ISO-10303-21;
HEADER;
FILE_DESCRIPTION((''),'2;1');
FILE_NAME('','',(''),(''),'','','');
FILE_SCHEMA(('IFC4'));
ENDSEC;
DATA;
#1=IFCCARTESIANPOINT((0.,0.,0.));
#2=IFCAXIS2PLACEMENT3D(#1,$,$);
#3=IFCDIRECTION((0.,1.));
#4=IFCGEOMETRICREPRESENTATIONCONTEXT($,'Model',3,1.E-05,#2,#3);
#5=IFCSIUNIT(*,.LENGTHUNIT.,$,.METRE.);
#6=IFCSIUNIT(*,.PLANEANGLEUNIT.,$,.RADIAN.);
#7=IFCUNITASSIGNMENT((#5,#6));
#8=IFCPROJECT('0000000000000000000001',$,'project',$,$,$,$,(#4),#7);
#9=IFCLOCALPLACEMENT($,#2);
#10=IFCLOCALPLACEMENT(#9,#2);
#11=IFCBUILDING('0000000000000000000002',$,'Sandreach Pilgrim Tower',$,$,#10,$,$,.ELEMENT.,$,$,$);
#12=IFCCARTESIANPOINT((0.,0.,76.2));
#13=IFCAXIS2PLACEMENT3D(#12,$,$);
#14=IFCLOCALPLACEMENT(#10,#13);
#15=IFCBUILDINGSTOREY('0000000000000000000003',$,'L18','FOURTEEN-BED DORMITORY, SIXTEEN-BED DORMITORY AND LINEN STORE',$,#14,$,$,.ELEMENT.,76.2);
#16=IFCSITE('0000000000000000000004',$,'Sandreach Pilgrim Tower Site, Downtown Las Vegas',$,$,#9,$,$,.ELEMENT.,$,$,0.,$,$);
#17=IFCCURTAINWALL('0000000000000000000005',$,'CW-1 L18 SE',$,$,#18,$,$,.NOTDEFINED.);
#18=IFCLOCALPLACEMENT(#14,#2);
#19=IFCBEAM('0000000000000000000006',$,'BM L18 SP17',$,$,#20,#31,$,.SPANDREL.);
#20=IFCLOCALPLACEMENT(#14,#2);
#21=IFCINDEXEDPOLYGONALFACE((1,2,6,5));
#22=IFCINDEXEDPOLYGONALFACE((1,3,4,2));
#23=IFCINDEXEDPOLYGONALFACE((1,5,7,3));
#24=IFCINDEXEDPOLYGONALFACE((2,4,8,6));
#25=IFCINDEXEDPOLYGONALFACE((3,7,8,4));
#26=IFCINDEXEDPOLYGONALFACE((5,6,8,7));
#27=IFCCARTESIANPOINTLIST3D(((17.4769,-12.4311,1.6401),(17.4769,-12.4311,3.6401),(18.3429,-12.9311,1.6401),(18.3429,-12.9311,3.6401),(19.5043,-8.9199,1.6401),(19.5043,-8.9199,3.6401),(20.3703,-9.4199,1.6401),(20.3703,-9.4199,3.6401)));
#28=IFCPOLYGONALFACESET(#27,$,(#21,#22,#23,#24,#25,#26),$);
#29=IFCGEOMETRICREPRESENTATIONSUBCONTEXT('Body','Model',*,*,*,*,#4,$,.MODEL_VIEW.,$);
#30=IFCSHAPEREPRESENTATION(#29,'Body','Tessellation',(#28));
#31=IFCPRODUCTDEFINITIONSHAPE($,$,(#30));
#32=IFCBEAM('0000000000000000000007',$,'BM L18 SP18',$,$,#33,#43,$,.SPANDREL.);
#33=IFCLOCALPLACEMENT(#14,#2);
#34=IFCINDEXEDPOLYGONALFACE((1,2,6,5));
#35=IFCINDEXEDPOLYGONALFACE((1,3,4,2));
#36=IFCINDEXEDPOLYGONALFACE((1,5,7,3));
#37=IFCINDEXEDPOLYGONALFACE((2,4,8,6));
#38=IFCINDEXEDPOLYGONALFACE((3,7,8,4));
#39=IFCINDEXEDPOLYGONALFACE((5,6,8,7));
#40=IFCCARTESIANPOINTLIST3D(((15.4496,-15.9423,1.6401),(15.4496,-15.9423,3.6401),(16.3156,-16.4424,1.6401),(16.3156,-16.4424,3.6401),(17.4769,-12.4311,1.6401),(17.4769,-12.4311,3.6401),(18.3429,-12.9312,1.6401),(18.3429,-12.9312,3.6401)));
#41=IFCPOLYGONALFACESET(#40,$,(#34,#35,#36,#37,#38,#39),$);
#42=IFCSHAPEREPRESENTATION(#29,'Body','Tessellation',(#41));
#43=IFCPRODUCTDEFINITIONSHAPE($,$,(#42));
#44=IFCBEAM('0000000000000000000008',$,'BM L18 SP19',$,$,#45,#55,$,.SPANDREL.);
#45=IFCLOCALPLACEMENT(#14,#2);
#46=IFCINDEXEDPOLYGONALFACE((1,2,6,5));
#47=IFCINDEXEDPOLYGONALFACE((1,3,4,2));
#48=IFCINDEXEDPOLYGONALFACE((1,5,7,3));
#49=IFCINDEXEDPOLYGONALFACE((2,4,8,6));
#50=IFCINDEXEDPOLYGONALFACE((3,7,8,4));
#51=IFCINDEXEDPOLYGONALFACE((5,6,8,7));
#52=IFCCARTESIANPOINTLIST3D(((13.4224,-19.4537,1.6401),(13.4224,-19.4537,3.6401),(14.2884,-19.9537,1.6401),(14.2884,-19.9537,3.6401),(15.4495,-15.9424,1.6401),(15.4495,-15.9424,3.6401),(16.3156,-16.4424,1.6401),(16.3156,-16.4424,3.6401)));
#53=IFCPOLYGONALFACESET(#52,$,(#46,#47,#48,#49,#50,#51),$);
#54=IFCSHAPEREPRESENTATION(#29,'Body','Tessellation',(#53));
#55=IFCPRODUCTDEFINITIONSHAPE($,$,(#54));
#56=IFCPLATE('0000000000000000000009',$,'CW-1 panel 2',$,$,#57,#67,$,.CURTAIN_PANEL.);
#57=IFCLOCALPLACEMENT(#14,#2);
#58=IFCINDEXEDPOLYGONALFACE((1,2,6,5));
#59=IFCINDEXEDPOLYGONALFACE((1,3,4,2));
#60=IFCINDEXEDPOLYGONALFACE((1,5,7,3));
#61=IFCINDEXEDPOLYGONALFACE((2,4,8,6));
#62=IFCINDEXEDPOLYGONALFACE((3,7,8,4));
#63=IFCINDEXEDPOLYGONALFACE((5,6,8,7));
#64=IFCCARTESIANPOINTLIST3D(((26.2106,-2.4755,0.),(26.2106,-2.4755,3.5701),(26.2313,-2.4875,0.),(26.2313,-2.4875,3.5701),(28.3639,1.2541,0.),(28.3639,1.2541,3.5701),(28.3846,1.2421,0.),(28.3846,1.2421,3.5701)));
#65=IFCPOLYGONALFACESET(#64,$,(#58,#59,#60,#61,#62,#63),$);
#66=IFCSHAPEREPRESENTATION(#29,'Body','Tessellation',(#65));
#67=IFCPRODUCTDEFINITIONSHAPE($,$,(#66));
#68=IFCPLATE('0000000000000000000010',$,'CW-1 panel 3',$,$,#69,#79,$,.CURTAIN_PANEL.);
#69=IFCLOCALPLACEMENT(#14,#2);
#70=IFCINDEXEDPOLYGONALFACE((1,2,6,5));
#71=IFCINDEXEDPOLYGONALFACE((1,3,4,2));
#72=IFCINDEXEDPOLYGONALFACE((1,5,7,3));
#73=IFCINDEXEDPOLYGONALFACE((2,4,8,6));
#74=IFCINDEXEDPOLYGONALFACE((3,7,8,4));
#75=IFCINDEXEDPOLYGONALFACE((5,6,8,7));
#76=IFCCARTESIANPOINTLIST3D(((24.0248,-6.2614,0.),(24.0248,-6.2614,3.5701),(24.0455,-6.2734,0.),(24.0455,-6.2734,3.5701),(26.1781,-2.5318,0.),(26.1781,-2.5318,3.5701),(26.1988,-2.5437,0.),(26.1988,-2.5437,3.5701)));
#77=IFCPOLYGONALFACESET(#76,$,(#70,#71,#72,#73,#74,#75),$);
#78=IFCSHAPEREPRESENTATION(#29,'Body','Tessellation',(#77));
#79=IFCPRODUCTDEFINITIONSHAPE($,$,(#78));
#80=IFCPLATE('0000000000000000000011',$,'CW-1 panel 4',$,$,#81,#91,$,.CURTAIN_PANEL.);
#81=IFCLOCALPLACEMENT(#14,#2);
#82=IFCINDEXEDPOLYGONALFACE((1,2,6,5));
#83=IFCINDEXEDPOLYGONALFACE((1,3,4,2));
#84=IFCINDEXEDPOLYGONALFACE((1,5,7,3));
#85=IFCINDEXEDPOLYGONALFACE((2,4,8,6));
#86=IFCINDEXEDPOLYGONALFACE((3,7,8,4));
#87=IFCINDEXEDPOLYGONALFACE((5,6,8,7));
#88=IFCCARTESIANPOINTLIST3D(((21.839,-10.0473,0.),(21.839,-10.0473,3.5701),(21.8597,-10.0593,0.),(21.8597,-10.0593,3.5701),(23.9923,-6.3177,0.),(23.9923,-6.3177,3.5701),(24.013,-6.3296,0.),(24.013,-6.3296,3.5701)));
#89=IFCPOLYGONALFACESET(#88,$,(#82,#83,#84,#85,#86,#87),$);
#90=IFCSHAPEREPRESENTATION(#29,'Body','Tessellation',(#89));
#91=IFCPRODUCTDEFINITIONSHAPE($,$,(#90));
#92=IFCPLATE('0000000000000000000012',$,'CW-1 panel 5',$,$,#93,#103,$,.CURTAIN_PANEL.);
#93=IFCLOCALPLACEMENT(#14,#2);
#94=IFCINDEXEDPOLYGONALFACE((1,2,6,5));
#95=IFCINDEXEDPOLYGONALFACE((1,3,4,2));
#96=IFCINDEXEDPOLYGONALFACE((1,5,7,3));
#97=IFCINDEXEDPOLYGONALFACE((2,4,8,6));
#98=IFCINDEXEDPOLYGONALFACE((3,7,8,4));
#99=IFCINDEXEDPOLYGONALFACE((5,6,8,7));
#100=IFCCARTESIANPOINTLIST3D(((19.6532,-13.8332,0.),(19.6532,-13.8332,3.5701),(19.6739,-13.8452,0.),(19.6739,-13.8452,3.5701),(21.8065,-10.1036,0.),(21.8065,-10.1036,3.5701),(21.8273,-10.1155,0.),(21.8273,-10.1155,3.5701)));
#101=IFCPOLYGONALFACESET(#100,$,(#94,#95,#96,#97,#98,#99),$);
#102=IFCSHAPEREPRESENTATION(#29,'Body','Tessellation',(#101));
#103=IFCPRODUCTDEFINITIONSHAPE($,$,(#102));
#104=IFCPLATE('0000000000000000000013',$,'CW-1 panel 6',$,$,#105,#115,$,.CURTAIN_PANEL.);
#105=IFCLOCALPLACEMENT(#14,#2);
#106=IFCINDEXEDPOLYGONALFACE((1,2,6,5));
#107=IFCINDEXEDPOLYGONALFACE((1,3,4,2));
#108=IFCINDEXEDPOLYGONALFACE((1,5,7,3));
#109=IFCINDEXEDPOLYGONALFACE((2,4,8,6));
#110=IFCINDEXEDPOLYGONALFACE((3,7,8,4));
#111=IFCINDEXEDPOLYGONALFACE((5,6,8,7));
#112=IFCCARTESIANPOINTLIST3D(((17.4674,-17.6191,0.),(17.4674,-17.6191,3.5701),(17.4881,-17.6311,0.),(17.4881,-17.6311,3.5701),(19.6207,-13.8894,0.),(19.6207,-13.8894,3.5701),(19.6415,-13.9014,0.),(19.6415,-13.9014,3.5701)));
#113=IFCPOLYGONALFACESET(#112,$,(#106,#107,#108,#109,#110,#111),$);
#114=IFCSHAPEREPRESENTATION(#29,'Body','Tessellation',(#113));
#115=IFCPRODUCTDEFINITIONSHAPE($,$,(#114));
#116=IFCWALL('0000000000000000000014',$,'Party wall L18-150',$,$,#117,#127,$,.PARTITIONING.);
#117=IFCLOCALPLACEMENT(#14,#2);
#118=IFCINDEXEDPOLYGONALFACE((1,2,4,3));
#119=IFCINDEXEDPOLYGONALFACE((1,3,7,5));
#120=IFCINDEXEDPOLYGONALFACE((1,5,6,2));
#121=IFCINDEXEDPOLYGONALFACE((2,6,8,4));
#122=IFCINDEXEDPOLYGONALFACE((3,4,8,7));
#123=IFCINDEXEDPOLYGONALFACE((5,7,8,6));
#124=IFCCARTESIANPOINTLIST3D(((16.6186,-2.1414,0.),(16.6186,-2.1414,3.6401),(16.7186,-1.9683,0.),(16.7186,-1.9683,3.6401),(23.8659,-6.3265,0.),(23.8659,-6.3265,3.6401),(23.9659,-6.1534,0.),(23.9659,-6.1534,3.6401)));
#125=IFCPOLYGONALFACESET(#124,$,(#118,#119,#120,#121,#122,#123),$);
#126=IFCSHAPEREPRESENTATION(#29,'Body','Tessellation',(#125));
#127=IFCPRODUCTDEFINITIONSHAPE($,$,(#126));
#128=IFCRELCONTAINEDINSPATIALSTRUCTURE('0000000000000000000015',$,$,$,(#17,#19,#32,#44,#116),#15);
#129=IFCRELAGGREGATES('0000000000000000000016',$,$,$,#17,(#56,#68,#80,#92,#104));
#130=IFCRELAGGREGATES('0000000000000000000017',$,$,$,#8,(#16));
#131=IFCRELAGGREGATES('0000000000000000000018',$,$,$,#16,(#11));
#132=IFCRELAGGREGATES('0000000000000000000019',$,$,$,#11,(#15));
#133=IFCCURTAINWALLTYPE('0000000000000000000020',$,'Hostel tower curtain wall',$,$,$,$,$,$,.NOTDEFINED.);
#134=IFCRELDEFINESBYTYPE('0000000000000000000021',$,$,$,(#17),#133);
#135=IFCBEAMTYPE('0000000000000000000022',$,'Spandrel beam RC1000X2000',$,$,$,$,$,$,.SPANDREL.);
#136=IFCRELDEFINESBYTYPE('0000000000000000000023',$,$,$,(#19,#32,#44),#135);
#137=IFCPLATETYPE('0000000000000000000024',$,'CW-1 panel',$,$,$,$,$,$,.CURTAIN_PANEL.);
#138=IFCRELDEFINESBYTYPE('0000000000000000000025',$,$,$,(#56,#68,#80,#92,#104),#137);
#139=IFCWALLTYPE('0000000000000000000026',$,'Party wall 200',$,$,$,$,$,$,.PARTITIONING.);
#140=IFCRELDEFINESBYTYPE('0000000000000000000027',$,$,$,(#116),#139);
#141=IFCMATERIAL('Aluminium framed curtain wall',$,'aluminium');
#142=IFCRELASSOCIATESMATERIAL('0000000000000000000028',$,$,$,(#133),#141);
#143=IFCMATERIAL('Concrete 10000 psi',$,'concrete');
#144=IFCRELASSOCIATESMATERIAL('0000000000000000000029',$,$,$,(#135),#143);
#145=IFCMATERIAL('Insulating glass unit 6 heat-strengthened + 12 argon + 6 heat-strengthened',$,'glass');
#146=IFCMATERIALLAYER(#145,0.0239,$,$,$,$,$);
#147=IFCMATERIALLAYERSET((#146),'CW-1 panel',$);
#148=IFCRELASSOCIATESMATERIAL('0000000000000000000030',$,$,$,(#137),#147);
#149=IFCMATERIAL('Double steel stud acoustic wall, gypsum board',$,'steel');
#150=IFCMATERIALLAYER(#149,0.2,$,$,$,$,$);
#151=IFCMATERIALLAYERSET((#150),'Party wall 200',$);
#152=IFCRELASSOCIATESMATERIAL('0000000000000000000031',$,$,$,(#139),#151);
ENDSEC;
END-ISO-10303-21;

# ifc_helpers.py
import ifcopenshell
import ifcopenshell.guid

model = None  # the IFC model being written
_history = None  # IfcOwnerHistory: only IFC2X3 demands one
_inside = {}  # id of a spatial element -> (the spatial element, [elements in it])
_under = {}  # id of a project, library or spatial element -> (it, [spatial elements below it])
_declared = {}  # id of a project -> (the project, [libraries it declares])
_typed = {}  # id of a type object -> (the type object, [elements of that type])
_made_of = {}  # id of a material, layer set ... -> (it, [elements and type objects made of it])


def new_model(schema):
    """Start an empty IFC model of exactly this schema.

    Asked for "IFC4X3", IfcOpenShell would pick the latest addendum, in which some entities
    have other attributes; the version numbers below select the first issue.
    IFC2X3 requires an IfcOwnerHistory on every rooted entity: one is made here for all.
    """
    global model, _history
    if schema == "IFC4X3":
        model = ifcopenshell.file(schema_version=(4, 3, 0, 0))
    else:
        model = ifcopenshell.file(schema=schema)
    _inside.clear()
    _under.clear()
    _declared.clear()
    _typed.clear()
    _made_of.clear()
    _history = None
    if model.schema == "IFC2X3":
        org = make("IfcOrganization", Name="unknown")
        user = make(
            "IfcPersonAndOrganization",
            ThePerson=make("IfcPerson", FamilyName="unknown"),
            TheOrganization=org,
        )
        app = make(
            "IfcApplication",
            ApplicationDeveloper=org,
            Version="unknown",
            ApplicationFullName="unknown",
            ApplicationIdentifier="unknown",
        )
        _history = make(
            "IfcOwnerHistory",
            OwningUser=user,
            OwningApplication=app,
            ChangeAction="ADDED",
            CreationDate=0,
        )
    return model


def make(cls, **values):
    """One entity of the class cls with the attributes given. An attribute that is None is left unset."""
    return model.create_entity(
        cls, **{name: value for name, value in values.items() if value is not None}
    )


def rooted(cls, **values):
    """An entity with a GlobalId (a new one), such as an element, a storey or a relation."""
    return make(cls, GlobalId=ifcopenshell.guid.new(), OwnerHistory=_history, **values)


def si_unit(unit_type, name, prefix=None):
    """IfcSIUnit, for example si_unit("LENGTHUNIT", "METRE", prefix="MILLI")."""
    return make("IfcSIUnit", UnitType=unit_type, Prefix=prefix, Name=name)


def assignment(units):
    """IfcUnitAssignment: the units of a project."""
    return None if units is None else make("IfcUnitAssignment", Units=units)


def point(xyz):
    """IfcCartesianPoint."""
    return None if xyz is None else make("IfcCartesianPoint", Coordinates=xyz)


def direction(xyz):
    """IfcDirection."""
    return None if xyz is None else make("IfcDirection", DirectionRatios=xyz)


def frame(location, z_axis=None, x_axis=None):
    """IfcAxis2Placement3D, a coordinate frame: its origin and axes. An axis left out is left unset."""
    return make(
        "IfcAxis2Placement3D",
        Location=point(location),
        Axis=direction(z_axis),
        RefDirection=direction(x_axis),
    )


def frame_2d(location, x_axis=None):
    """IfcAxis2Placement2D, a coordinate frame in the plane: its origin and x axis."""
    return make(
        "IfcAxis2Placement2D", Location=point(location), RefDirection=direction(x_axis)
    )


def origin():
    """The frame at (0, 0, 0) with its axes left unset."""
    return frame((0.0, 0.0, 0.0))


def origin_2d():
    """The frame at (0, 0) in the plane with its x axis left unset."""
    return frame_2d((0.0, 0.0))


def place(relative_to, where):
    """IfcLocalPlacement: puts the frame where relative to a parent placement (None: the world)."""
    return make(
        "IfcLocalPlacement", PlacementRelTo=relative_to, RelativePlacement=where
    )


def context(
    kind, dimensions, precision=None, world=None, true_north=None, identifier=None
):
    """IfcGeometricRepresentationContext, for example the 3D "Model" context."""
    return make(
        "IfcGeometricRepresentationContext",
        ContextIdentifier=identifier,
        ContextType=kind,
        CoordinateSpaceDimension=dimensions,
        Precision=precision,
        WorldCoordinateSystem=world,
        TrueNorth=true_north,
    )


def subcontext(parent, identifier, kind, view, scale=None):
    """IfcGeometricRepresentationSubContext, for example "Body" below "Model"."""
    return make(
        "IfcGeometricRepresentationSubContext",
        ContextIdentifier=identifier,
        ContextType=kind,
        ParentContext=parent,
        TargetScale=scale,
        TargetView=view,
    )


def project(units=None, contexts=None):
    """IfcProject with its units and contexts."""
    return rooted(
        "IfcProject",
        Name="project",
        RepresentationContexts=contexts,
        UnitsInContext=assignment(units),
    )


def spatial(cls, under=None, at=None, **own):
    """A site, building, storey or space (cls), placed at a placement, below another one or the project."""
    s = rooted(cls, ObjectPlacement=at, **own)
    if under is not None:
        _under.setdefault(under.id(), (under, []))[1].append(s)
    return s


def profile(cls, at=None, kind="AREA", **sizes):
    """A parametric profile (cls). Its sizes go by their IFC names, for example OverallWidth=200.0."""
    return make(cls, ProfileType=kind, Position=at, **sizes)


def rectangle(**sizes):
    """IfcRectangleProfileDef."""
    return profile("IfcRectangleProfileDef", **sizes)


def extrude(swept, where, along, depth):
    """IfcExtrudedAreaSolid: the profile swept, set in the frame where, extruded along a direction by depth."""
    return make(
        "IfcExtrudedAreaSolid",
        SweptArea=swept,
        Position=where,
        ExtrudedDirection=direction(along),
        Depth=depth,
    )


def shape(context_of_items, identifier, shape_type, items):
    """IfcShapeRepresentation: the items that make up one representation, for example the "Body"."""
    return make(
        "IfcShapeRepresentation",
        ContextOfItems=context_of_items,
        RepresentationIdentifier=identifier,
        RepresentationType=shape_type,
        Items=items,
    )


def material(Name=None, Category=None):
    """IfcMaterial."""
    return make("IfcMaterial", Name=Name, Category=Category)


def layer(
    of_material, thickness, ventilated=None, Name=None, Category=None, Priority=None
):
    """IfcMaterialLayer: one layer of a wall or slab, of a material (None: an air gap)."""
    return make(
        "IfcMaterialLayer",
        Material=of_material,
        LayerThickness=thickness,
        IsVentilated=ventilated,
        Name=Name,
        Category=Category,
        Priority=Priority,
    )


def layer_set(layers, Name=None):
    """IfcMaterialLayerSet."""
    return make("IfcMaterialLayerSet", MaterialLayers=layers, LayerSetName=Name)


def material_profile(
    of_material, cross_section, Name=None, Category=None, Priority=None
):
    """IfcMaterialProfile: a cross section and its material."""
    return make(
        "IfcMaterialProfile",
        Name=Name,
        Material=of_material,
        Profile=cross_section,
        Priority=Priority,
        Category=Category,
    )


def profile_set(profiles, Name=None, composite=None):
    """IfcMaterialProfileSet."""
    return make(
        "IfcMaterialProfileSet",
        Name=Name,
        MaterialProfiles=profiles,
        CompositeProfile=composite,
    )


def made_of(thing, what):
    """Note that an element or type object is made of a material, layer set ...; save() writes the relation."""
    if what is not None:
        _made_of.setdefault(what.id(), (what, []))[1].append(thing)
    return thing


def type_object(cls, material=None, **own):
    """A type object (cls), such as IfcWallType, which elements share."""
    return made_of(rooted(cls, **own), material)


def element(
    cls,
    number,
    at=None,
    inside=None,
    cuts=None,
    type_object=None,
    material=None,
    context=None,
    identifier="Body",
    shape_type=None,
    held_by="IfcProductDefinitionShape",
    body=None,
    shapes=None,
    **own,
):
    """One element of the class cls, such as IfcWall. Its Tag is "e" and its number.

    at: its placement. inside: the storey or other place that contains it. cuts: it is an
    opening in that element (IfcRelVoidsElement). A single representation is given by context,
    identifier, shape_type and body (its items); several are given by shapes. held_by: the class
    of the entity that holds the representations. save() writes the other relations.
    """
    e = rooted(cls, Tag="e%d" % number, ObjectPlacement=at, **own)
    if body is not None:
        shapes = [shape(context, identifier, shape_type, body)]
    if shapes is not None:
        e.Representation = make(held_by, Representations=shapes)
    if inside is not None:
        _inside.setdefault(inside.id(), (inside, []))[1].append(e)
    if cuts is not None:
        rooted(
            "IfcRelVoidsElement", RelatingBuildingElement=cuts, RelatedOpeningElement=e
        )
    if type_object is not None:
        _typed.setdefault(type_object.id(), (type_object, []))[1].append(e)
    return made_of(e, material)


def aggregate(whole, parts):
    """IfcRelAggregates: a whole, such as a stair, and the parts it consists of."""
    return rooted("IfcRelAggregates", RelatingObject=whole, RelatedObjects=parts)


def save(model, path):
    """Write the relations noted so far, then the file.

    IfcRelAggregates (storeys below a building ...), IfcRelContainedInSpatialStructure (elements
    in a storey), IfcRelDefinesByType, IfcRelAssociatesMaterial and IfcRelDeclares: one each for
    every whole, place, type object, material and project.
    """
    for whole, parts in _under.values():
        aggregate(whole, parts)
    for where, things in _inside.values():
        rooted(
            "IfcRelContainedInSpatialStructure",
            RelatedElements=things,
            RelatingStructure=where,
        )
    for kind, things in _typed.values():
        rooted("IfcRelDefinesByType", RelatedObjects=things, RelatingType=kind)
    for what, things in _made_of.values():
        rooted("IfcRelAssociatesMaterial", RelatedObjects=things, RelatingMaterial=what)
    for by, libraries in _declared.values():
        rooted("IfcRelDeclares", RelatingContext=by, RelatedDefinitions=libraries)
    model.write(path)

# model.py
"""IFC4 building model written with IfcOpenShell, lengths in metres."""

from ifc_helpers import new_model, si_unit, direction, frame, frame_2d, origin, origin_2d, place, context, subcontext, project, spatial, rectangle, extrude, material, layer, layer_set, material_profile, profile_set, type_object, element, aggregate, save


model = new_model("IFC4")

# Units and contexts
model_context = context("Model", 3, precision=1e-05, world=origin(), true_north=direction((0.0, 1.0)))
body_context = subcontext(model_context, "Body", "Model", "MODEL_VIEW")
ifc_project = project(units=[si_unit("LENGTHUNIT", "METRE"), si_unit("PLANEANGLEUNIT", "RADIAN")], contexts=[model_context])

# Site, building, storey
site_placement = place(None, origin())
site = spatial("IfcSite", under=ifc_project, at=site_placement, Name="Sandreach Pilgrim Tower Site, Downtown Las Vegas", CompositionType="ELEMENT", RefElevation=0.0)
building_placement = place(site_placement, origin())
building = spatial("IfcBuilding", under=site, at=building_placement, Name="Sandreach Pilgrim Tower", CompositionType="ELEMENT")
storey_placement = place(building_placement, frame((0.0, 0.0, 76.2)))
storey = spatial("IfcBuildingStorey", under=building, at=storey_placement, Name="L18", Description="FOURTEEN-BED DORMITORY, SIXTEEN-BED DORMITORY AND LINEN STORE", CompositionType="ELEMENT", Elevation=76.2)

# Curtain wall
ifc_material_1 = material(Name="Aluminium framed curtain wall", Category="aluminium")
curtain_wall_type = type_object("IfcCurtainWallType", Name="Hostel tower curtain wall", PredefinedType="NOTDEFINED", material=ifc_material_1)
curtain_wall_placement = place(storey_placement, origin())
curtain_wall = element("IfcCurtainWall", 1, at=curtain_wall_placement, inside=storey, type_object=curtain_wall_type, Name="CW-1 L18 SE", PredefinedType="NOTDEFINED")

# Beams
ifc_material_2 = material(Name="Concrete 10000 psi", Category="concrete")
ifc_material_profile_1 = material_profile(ifc_material_2, rectangle(XDim=1.0, YDim=2.0, at=origin_2d()), Name="RC1000X2000")
ifc_profile_set_1 = profile_set([ifc_material_profile_1], Name="Concrete 10000 psi")
beam_type_1 = type_object("IfcBeamType", Name="Spandrel beam RC1000X2000", PredefinedType="SPANDREL", material=ifc_profile_set_1)
for number, where, z_axis, x_axis, name in (
    (2, (19.9373, -9.1699, 2.6401), (-0.500025, -0.866011, 0.0), (0.866011, -0.500025, 0.0), "BM L18 SP17"),
    (3, (17.9099, -12.6812, 2.6401), (-0.500025, -0.866011, 0.0), (0.866011, -0.500025, 0.0), "BM L18 SP18"),
    (4, (15.8826, -16.1924, 2.6401), (-0.49998, -0.866037, 0.0), (0.866037, -0.49998, 0.0), "BM L18 SP19"),
):
    element("IfcBeam", number, at=place(storey_placement, frame(where, z_axis=z_axis, x_axis=x_axis)), inside=storey, type_object=beam_type_1, Name=name, PredefinedType="SPANDREL", context=body_context, shape_type="SweptSolid", body=[
        extrude(rectangle(XDim=1.0, YDim=2.0, at=origin_2d()), origin(), (0.0, 0.0, 1.0), 4.0544),
    ])

# Plates
ifc_material_3 = material(Name="Insulating glass unit 6 heat-strengthened + 12 argon + 6 heat-strengthened", Category="glass")
ifc_layer_1 = layer(ifc_material_3, 0.0239)
ifc_layer_set_1 = layer_set([ifc_layer_1], Name="CW-1 panel")
plate_type = type_object("IfcPlateType", Name="CW-1 panel", PredefinedType="CURTAIN_PANEL", material=ifc_layer_set_1)
plate_1_placement = place(storey_placement, frame((27.2976, -0.6167, 0.0), z_axis=(0.0, 0.0, 1.0), x_axis=(-0.5, -0.866025, 0.0)))
plate_1 = element("IfcPlate", 5, at=plate_1_placement, type_object=plate_type, Name="CW-1 panel 2", PredefinedType="CURTAIN_PANEL", context=body_context, shape_type="SweptSolid", body=[
    extrude(rectangle(XDim=4.3066, YDim=0.0239, at=origin_2d()), origin(), (0.0, 0.0, 1.0), 3.5701),
])
plate_2_placement = place(storey_placement, frame((25.1118, -4.4026, 0.0), z_axis=(0.0, 0.0, 1.0), x_axis=(-0.5, -0.866025, 0.0)))
plate_2 = element("IfcPlate", 6, at=plate_2_placement, type_object=plate_type, Name="CW-1 panel 3", PredefinedType="CURTAIN_PANEL", context=body_context, shape_type="SweptSolid", body=[
    extrude(rectangle(XDim=4.3066, YDim=0.0239, at=origin_2d()), origin(), (0.0, 0.0, 1.0), 3.5701),
])
plate_3_placement = place(storey_placement, frame((22.926, -8.1885, 0.0), z_axis=(0.0, 0.0, 1.0), x_axis=(-0.5, -0.866025, 0.0)))
plate_3 = element("IfcPlate", 7, at=plate_3_placement, type_object=plate_type, Name="CW-1 panel 4", PredefinedType="CURTAIN_PANEL", context=body_context, shape_type="SweptSolid", body=[
    extrude(rectangle(XDim=4.3066, YDim=0.0239, at=origin_2d()), origin(), (0.0, 0.0, 1.0), 3.5701),
])
plate_4_placement = place(storey_placement, frame((20.7402, -11.9744, 0.0), z_axis=(0.0, 0.0, 1.0), x_axis=(-0.5, -0.866025, 0.0)))
plate_4 = element("IfcPlate", 8, at=plate_4_placement, type_object=plate_type, Name="CW-1 panel 5", PredefinedType="CURTAIN_PANEL", context=body_context, shape_type="SweptSolid", body=[
    extrude(rectangle(XDim=4.3066, YDim=0.0239, at=origin_2d()), origin(), (0.0, 0.0, 1.0), 3.5701),
])
plate_5_placement = place(storey_placement, frame((18.5544, -15.7603, 0.0), z_axis=(0.0, 0.0, 1.0), x_axis=(-0.5, -0.866025, 0.0)))
plate_5 = element("IfcPlate", 9, at=plate_5_placement, type_object=plate_type, Name="CW-1 panel 6", PredefinedType="CURTAIN_PANEL", context=body_context, shape_type="SweptSolid", body=[
    extrude(rectangle(XDim=4.3066, YDim=0.0239, at=origin_2d()), origin(), (0.0, 0.0, 1.0), 3.5701),
])
aggregate(curtain_wall, [plate_1, plate_2, plate_3, plate_4, plate_5])

# Wall
ifc_material_4 = material(Name="Double steel stud acoustic wall, gypsum board", Category="steel")
ifc_layer_2 = layer(ifc_material_4, 0.2)
ifc_layer_set_2 = layer_set([ifc_layer_2], Name="Party wall 200")
wall_type_1 = type_object("IfcWallType", Name="Party wall 200", PredefinedType="PARTITIONING", material=ifc_layer_set_2)
wall_1_placement = place(storey_placement, frame((23.916, -6.24, 0.0), z_axis=(0.0, 0.0, 1.0), x_axis=(-0.865983, 0.500073, 0.0)))
element("IfcWall", 10, at=wall_1_placement, inside=storey, type_object=wall_type_1, Name="Party wall L18-150", PredefinedType="PARTITIONING", context=body_context, shape_type="SweptSolid", body=[
    extrude(rectangle(XDim=8.3689, YDim=0.2, at=frame_2d((4.1846, 0.0))), origin(), (0.0, 0.0, 1.0), 3.6401),
])

save(model, "model.ifc")
